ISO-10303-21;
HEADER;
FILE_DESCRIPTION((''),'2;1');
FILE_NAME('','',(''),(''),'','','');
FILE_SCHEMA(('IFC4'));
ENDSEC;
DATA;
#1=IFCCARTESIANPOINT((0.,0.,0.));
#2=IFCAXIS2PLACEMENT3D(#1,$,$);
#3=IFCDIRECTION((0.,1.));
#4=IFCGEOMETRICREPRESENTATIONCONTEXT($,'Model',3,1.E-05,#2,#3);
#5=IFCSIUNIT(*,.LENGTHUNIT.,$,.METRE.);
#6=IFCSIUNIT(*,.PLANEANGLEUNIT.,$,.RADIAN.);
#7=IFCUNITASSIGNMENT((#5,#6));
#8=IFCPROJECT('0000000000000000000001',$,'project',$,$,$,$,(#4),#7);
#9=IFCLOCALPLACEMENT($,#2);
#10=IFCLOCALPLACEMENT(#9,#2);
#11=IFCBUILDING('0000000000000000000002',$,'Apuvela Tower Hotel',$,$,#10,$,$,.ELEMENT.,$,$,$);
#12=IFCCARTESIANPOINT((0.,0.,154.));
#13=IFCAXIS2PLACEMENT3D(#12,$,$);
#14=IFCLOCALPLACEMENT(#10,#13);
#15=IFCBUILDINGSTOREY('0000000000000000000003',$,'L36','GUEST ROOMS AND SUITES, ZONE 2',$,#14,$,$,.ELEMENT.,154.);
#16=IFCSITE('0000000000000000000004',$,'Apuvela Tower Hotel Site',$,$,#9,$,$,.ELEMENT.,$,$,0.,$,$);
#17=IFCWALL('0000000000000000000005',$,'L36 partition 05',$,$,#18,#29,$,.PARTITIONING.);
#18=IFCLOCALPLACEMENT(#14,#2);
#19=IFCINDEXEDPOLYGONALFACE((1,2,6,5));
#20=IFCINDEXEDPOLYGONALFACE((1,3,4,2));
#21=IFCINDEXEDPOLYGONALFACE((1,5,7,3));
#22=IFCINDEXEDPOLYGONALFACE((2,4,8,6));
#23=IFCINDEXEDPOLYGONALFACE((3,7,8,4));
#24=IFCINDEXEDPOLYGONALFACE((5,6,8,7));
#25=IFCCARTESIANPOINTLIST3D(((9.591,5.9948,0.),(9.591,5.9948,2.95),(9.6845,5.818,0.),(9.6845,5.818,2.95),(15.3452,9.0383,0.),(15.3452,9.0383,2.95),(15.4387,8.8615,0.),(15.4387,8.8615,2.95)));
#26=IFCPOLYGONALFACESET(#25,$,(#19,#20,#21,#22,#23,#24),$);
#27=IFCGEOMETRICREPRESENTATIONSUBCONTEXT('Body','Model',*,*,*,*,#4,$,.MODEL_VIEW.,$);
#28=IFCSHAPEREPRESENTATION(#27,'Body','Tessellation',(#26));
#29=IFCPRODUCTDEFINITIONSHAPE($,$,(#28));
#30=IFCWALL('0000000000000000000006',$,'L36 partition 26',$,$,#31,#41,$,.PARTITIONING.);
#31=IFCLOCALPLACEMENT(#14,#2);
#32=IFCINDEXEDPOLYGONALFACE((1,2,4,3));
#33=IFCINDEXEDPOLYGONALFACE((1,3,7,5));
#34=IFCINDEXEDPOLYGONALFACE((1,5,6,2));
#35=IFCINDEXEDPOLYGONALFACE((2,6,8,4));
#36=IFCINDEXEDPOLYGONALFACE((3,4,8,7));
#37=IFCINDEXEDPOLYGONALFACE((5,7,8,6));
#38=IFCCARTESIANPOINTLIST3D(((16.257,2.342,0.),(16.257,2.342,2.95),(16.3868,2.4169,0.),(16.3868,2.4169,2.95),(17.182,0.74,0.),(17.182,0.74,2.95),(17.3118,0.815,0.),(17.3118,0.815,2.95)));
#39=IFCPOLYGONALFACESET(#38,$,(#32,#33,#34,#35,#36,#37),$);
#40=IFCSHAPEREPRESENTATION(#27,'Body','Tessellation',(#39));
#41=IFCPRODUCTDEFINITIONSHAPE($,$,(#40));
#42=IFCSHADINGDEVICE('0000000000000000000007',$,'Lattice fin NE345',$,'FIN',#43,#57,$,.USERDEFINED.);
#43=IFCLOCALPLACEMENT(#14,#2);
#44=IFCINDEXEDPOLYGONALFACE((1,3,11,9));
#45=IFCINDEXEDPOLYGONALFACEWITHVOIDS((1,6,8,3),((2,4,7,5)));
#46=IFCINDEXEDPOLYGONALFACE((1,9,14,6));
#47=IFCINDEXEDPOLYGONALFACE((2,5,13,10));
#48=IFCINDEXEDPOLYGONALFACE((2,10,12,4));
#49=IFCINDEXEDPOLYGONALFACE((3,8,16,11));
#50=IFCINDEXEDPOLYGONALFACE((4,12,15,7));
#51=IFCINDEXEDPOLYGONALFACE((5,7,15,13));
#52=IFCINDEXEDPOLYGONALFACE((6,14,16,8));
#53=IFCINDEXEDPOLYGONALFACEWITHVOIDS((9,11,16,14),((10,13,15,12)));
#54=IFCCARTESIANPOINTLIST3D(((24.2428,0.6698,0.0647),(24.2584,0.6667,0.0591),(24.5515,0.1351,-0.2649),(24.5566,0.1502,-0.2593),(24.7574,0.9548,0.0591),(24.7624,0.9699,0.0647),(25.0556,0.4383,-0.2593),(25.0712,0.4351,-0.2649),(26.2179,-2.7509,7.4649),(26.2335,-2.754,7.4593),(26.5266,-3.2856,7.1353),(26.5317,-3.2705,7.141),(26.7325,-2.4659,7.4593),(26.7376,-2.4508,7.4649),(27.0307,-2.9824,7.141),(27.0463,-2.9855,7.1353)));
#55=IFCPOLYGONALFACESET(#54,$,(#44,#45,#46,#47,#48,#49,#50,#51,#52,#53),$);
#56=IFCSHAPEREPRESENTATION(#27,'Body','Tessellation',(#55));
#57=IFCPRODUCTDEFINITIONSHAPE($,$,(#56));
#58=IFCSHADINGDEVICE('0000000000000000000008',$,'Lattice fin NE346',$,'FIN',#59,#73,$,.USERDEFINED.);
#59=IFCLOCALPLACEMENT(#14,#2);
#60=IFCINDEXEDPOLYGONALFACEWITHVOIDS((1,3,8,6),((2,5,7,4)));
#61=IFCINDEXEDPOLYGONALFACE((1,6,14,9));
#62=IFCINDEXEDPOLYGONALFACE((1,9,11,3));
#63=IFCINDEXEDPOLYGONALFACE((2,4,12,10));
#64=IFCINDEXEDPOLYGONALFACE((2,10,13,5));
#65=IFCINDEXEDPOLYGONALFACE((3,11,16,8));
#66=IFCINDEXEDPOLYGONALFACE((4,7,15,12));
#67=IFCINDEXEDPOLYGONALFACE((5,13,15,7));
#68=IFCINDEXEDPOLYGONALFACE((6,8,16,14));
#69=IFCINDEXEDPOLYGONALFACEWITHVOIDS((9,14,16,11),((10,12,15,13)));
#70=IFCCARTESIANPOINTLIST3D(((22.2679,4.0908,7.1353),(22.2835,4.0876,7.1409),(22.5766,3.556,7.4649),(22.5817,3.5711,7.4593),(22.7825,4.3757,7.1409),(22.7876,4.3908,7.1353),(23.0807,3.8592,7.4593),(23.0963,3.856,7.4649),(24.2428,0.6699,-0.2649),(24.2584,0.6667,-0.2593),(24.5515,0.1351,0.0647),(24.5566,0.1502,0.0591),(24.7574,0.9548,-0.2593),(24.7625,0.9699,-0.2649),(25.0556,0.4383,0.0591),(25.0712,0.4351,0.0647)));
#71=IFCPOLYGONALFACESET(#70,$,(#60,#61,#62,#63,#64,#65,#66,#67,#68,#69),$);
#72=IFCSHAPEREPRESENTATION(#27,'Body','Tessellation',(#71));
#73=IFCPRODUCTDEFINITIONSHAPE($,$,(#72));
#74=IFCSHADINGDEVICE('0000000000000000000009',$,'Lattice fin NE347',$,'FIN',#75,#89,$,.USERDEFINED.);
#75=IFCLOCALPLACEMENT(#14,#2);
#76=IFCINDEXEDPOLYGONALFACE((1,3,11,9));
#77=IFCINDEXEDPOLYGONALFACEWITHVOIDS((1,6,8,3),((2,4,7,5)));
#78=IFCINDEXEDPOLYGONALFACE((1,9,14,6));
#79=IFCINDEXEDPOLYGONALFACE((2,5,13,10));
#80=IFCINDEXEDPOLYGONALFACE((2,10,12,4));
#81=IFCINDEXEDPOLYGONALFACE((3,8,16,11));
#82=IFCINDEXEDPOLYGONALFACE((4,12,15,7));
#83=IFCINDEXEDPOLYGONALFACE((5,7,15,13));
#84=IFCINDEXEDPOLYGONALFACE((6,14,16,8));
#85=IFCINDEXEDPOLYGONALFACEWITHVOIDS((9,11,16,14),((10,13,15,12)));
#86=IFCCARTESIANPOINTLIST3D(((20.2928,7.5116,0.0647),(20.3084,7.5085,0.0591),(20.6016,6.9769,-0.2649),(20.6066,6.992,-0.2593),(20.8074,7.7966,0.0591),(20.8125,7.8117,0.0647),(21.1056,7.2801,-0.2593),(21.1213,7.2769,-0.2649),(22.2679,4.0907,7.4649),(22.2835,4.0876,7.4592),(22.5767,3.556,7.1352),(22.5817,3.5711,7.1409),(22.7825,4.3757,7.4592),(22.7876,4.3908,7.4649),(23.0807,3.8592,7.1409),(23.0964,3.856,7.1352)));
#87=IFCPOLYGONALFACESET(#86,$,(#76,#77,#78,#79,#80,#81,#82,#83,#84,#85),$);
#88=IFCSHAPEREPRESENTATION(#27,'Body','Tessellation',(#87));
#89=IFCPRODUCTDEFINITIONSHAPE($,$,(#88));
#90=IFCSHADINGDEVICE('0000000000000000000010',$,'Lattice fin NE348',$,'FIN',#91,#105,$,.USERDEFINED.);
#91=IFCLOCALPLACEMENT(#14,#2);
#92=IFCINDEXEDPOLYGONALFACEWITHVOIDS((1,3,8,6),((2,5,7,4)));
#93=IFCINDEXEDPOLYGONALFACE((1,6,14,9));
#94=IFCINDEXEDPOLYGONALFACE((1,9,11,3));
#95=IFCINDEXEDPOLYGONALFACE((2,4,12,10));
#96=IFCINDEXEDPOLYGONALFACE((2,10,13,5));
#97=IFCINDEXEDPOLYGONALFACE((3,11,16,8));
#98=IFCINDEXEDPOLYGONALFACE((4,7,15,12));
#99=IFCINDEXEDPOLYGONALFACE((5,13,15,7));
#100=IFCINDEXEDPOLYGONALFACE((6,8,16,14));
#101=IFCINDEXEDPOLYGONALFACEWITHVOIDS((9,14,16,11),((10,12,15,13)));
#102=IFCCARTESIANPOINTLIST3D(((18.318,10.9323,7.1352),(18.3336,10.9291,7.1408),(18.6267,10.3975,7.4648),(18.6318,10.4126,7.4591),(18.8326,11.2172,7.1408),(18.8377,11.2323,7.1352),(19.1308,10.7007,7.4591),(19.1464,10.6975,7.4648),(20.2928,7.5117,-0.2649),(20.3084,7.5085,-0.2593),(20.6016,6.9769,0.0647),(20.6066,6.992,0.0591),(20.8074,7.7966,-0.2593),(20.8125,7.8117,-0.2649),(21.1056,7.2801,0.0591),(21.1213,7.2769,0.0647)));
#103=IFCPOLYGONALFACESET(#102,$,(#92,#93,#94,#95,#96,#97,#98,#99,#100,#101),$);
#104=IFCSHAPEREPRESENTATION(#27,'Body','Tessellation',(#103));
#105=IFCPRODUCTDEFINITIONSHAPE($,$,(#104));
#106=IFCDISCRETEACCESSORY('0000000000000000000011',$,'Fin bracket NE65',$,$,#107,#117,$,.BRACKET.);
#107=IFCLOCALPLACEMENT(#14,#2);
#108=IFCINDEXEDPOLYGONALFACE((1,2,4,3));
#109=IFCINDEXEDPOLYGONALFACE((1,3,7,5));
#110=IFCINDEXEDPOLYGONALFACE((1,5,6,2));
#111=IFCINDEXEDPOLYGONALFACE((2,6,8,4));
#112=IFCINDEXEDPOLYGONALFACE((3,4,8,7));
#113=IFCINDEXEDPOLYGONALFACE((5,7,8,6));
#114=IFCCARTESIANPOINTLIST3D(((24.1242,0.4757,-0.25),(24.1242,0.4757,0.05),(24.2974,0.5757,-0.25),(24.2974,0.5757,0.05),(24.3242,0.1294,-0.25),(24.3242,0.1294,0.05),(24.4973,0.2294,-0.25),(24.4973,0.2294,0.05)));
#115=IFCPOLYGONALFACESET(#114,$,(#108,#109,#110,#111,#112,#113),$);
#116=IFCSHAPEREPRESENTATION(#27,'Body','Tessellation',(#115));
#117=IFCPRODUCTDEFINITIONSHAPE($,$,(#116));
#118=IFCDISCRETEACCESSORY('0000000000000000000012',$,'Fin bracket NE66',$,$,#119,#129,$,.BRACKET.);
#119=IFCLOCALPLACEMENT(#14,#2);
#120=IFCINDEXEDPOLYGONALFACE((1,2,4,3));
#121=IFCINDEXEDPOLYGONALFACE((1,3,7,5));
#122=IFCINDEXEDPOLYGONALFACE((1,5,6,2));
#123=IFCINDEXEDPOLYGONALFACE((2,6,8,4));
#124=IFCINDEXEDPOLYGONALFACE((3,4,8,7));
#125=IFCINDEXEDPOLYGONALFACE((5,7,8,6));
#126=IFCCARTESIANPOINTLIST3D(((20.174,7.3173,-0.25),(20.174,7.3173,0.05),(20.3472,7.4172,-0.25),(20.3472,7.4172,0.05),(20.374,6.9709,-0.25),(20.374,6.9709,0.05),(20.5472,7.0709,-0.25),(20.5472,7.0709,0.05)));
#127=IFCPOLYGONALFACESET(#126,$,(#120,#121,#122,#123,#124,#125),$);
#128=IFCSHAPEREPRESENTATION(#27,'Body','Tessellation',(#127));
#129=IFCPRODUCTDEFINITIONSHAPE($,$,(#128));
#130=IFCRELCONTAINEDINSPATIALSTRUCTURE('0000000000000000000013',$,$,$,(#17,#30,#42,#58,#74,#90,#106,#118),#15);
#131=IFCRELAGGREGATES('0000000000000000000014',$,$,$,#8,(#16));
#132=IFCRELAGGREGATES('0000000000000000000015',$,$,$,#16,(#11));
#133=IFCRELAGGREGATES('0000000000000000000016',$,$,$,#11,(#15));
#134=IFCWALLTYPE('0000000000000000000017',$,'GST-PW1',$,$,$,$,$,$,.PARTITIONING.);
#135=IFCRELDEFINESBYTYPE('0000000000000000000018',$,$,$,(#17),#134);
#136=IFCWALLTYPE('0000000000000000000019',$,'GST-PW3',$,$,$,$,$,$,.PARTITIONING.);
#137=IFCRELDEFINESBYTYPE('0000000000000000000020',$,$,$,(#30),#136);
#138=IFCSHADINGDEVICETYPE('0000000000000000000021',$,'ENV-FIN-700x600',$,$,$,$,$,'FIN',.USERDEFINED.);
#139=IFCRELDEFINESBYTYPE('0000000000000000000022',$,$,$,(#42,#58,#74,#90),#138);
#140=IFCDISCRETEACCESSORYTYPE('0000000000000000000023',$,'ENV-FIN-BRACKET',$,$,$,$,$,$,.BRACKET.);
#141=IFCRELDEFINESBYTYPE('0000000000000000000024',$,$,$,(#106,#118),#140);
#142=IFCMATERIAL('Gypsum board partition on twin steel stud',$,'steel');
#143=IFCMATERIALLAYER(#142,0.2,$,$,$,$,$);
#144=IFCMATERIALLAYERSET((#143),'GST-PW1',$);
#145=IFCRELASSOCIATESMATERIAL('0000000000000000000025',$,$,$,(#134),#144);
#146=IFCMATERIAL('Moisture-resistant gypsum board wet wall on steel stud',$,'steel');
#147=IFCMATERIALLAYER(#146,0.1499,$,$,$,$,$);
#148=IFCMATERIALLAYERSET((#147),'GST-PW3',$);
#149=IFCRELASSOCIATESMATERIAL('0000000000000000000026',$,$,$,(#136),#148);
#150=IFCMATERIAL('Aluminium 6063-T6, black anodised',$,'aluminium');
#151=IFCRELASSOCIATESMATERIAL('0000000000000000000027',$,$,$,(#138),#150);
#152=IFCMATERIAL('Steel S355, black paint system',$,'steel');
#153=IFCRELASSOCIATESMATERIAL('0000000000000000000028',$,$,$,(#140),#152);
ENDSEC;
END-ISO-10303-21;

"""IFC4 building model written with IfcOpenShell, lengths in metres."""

from ifc_helpers import new_model, si_unit, direction, frame, frame_2d, origin, origin_2d, place, context, subcontext, project, spatial, rectangle, hollow_rectangle, extrude, material, layer, layer_set, material_profile, profile_set, type_object, element, save


model = new_model("IFC4")

# Units and contexts
model_context = context("Model", 3, precision=1e-05, world=origin(), true_north=direction((0.0, 1.0)))
body_context = subcontext(model_context, "Body", "Model", "MODEL_VIEW")
ifc_project = project(units=[si_unit("LENGTHUNIT", "METRE"), si_unit("PLANEANGLEUNIT", "RADIAN")], contexts=[model_context])

# Site, building, storey
site_placement = place(None, origin())
site = spatial("IfcSite", under=ifc_project, at=site_placement, Name="Apuvela Tower Hotel Site", CompositionType="ELEMENT", RefElevation=0.0)
building_placement = place(site_placement, origin())
building = spatial("IfcBuilding", under=site, at=building_placement, Name="Apuvela Tower Hotel", CompositionType="ELEMENT")
storey_placement = place(building_placement, frame((0.0, 0.0, 154.0)))
storey = spatial("IfcBuildingStorey", under=building, at=storey_placement, Name="L36", Description="GUEST ROOMS AND SUITES, ZONE 2", CompositionType="ELEMENT", Elevation=154.0)

# Walls
ifc_material_1 = material(Name="Gypsum board partition on twin steel stud", Category="steel")
ifc_layer_1 = layer(ifc_material_1, 0.2)
ifc_layer_set_1 = layer_set([ifc_layer_1], Name="GST-PW1")
wall_type_1 = type_object("IfcWallType", Name="GST-PW1", PredefinedType="PARTITIONING", material=ifc_layer_set_1)
wall_1_placement = place(storey_placement, frame((15.3921, 8.95, 0.0), z_axis=(0.0, 0.0, 1.0), x_axis=(-0.883969, -0.467545, 0.0)))
element("IfcWall", 1, at=wall_1_placement, inside=storey, type_object=wall_type_1, Name="L36 partition 05", PredefinedType="PARTITIONING", context=body_context, shape_type="SweptSolid", body=[
    extrude(rectangle(XDim=6.5095, YDim=0.2, at=frame_2d((3.2549, 0.0))), origin(), (0.0, 0.0, 1.0), 2.95),
])
ifc_material_2 = material(Name="Moisture-resistant gypsum board wet wall on steel stud", Category="steel")
ifc_layer_2 = layer(ifc_material_2, 0.1499)
ifc_layer_set_2 = layer_set([ifc_layer_2], Name="GST-PW3")
wall_type_2 = type_object("IfcWallType", Name="GST-PW3", PredefinedType="PARTITIONING", material=ifc_layer_set_2)
wall_2_placement = place(storey_placement, frame((17.2468, 0.7776, 0.0), z_axis=(0.0, 0.0, 1.0), x_axis=(-0.500042, 0.866001, 0.0)))
element("IfcWall", 2, at=wall_2_placement, inside=storey, type_object=wall_type_2, Name="L36 partition 26", PredefinedType="PARTITIONING", context=body_context, shape_type="SweptSolid", body=[
    extrude(rectangle(XDim=1.8499, YDim=0.1499, at=frame_2d((0.9248, 0.0))), origin(), (0.0, 0.0, 1.0), 2.95),
])

# Shading devices
ifc_material_3 = material(Name="Aluminium 6063-T6, black anodised", Category="aluminium")
ifc_material_profile_1 = material_profile(ifc_material_3, hollow_rectangle(XDim=0.6001, YDim=0.7, WallThickness=0.012, at=origin_2d()), Name="AL BOX 700x600x12")
ifc_profile_set_1 = profile_set([ifc_material_profile_1], Name="Aluminium 6063-T6, black anodised")
shading_device_type = type_object("IfcShadingDeviceType", Name="ENV-FIN-700x600", ElementType="FIN", PredefinedType="USERDEFINED", material=ifc_profile_set_1)
for number, where, z_axis, x_axis, name in (
    (3, (24.657, 0.5525, -0.1001), (0.235458, -0.407787, 0.882196), (0.866005, 0.500035, 0.0), "Lattice fin NE345"),
    (4, (24.657, 0.5525, -0.1001), (-0.235428, 0.407814, 0.882191), (-0.866048, -0.499961, 0.0), "Lattice fin NE346"),
    (5, (20.707, 7.3943, -0.1001), (0.235455, -0.407812, 0.882185), (0.866021, 0.500008, 0.0), "Lattice fin NE347"),
):
    element("IfcShadingDevice", number, at=place(storey_placement, frame(where, z_axis=z_axis, x_axis=x_axis)), inside=storey, type_object=shading_device_type, Name=name, ObjectType="FIN", PredefinedType="USERDEFINED", context=body_context, shape_type="SweptSolid", body=[
        extrude(hollow_rectangle(XDim=0.6001, YDim=0.7, WallThickness=0.012, at=origin_2d()), origin(), (0.0, 0.0, 1.0), 8.3884),
    ])
shading_device_placement = place(storey_placement, frame((20.707, 7.3943, -0.1001), z_axis=(-0.23543, 0.40779, 0.882202), x_axis=(-0.866032, -0.499988, 0.0)))
element("IfcShadingDevice", 6, at=shading_device_placement, inside=storey, type_object=shading_device_type, Name="Lattice fin NE348", ObjectType="FIN", PredefinedType="USERDEFINED", context=body_context, shape_type="SweptSolid", body=[
    extrude(hollow_rectangle(XDim=0.6001, YDim=0.7, WallThickness=0.012, at=origin_2d()), origin(), (0.0, 0.0, 1.0), 8.3882),
])

# Discrete accessories
ifc_material_4 = material(Name="Steel S355, black paint system", Category="steel")
discrete_accessory_type = type_object("IfcDiscreteAccessoryType", Name="ENV-FIN-BRACKET", PredefinedType="BRACKET", material=ifc_material_4)
for number, where, z_axis, x_axis, name in (
    (7, (24.3108, 0.3525, -0.25), (0.0, 0.0, 1.0), (-0.5, 0.866025, 0.0), "Fin bracket NE65"),
    (8, (20.3606, 7.1941, -0.25), (0.0, 0.0, 1.0), (-0.5, 0.866025, 0.0), "Fin bracket NE66"),
):
    element("IfcDiscreteAccessory", number, at=place(storey_placement, frame(where, z_axis=z_axis, x_axis=x_axis)), inside=storey, type_object=discrete_accessory_type, Name=name, PredefinedType="BRACKET", context=body_context, shape_type="SweptSolid", body=[
        extrude(rectangle(XDim=0.3999, YDim=0.2, at=origin_2d()), origin(), (0.0, 0.0, 1.0), 0.3),
    ])

save(model, "model.ifc")
